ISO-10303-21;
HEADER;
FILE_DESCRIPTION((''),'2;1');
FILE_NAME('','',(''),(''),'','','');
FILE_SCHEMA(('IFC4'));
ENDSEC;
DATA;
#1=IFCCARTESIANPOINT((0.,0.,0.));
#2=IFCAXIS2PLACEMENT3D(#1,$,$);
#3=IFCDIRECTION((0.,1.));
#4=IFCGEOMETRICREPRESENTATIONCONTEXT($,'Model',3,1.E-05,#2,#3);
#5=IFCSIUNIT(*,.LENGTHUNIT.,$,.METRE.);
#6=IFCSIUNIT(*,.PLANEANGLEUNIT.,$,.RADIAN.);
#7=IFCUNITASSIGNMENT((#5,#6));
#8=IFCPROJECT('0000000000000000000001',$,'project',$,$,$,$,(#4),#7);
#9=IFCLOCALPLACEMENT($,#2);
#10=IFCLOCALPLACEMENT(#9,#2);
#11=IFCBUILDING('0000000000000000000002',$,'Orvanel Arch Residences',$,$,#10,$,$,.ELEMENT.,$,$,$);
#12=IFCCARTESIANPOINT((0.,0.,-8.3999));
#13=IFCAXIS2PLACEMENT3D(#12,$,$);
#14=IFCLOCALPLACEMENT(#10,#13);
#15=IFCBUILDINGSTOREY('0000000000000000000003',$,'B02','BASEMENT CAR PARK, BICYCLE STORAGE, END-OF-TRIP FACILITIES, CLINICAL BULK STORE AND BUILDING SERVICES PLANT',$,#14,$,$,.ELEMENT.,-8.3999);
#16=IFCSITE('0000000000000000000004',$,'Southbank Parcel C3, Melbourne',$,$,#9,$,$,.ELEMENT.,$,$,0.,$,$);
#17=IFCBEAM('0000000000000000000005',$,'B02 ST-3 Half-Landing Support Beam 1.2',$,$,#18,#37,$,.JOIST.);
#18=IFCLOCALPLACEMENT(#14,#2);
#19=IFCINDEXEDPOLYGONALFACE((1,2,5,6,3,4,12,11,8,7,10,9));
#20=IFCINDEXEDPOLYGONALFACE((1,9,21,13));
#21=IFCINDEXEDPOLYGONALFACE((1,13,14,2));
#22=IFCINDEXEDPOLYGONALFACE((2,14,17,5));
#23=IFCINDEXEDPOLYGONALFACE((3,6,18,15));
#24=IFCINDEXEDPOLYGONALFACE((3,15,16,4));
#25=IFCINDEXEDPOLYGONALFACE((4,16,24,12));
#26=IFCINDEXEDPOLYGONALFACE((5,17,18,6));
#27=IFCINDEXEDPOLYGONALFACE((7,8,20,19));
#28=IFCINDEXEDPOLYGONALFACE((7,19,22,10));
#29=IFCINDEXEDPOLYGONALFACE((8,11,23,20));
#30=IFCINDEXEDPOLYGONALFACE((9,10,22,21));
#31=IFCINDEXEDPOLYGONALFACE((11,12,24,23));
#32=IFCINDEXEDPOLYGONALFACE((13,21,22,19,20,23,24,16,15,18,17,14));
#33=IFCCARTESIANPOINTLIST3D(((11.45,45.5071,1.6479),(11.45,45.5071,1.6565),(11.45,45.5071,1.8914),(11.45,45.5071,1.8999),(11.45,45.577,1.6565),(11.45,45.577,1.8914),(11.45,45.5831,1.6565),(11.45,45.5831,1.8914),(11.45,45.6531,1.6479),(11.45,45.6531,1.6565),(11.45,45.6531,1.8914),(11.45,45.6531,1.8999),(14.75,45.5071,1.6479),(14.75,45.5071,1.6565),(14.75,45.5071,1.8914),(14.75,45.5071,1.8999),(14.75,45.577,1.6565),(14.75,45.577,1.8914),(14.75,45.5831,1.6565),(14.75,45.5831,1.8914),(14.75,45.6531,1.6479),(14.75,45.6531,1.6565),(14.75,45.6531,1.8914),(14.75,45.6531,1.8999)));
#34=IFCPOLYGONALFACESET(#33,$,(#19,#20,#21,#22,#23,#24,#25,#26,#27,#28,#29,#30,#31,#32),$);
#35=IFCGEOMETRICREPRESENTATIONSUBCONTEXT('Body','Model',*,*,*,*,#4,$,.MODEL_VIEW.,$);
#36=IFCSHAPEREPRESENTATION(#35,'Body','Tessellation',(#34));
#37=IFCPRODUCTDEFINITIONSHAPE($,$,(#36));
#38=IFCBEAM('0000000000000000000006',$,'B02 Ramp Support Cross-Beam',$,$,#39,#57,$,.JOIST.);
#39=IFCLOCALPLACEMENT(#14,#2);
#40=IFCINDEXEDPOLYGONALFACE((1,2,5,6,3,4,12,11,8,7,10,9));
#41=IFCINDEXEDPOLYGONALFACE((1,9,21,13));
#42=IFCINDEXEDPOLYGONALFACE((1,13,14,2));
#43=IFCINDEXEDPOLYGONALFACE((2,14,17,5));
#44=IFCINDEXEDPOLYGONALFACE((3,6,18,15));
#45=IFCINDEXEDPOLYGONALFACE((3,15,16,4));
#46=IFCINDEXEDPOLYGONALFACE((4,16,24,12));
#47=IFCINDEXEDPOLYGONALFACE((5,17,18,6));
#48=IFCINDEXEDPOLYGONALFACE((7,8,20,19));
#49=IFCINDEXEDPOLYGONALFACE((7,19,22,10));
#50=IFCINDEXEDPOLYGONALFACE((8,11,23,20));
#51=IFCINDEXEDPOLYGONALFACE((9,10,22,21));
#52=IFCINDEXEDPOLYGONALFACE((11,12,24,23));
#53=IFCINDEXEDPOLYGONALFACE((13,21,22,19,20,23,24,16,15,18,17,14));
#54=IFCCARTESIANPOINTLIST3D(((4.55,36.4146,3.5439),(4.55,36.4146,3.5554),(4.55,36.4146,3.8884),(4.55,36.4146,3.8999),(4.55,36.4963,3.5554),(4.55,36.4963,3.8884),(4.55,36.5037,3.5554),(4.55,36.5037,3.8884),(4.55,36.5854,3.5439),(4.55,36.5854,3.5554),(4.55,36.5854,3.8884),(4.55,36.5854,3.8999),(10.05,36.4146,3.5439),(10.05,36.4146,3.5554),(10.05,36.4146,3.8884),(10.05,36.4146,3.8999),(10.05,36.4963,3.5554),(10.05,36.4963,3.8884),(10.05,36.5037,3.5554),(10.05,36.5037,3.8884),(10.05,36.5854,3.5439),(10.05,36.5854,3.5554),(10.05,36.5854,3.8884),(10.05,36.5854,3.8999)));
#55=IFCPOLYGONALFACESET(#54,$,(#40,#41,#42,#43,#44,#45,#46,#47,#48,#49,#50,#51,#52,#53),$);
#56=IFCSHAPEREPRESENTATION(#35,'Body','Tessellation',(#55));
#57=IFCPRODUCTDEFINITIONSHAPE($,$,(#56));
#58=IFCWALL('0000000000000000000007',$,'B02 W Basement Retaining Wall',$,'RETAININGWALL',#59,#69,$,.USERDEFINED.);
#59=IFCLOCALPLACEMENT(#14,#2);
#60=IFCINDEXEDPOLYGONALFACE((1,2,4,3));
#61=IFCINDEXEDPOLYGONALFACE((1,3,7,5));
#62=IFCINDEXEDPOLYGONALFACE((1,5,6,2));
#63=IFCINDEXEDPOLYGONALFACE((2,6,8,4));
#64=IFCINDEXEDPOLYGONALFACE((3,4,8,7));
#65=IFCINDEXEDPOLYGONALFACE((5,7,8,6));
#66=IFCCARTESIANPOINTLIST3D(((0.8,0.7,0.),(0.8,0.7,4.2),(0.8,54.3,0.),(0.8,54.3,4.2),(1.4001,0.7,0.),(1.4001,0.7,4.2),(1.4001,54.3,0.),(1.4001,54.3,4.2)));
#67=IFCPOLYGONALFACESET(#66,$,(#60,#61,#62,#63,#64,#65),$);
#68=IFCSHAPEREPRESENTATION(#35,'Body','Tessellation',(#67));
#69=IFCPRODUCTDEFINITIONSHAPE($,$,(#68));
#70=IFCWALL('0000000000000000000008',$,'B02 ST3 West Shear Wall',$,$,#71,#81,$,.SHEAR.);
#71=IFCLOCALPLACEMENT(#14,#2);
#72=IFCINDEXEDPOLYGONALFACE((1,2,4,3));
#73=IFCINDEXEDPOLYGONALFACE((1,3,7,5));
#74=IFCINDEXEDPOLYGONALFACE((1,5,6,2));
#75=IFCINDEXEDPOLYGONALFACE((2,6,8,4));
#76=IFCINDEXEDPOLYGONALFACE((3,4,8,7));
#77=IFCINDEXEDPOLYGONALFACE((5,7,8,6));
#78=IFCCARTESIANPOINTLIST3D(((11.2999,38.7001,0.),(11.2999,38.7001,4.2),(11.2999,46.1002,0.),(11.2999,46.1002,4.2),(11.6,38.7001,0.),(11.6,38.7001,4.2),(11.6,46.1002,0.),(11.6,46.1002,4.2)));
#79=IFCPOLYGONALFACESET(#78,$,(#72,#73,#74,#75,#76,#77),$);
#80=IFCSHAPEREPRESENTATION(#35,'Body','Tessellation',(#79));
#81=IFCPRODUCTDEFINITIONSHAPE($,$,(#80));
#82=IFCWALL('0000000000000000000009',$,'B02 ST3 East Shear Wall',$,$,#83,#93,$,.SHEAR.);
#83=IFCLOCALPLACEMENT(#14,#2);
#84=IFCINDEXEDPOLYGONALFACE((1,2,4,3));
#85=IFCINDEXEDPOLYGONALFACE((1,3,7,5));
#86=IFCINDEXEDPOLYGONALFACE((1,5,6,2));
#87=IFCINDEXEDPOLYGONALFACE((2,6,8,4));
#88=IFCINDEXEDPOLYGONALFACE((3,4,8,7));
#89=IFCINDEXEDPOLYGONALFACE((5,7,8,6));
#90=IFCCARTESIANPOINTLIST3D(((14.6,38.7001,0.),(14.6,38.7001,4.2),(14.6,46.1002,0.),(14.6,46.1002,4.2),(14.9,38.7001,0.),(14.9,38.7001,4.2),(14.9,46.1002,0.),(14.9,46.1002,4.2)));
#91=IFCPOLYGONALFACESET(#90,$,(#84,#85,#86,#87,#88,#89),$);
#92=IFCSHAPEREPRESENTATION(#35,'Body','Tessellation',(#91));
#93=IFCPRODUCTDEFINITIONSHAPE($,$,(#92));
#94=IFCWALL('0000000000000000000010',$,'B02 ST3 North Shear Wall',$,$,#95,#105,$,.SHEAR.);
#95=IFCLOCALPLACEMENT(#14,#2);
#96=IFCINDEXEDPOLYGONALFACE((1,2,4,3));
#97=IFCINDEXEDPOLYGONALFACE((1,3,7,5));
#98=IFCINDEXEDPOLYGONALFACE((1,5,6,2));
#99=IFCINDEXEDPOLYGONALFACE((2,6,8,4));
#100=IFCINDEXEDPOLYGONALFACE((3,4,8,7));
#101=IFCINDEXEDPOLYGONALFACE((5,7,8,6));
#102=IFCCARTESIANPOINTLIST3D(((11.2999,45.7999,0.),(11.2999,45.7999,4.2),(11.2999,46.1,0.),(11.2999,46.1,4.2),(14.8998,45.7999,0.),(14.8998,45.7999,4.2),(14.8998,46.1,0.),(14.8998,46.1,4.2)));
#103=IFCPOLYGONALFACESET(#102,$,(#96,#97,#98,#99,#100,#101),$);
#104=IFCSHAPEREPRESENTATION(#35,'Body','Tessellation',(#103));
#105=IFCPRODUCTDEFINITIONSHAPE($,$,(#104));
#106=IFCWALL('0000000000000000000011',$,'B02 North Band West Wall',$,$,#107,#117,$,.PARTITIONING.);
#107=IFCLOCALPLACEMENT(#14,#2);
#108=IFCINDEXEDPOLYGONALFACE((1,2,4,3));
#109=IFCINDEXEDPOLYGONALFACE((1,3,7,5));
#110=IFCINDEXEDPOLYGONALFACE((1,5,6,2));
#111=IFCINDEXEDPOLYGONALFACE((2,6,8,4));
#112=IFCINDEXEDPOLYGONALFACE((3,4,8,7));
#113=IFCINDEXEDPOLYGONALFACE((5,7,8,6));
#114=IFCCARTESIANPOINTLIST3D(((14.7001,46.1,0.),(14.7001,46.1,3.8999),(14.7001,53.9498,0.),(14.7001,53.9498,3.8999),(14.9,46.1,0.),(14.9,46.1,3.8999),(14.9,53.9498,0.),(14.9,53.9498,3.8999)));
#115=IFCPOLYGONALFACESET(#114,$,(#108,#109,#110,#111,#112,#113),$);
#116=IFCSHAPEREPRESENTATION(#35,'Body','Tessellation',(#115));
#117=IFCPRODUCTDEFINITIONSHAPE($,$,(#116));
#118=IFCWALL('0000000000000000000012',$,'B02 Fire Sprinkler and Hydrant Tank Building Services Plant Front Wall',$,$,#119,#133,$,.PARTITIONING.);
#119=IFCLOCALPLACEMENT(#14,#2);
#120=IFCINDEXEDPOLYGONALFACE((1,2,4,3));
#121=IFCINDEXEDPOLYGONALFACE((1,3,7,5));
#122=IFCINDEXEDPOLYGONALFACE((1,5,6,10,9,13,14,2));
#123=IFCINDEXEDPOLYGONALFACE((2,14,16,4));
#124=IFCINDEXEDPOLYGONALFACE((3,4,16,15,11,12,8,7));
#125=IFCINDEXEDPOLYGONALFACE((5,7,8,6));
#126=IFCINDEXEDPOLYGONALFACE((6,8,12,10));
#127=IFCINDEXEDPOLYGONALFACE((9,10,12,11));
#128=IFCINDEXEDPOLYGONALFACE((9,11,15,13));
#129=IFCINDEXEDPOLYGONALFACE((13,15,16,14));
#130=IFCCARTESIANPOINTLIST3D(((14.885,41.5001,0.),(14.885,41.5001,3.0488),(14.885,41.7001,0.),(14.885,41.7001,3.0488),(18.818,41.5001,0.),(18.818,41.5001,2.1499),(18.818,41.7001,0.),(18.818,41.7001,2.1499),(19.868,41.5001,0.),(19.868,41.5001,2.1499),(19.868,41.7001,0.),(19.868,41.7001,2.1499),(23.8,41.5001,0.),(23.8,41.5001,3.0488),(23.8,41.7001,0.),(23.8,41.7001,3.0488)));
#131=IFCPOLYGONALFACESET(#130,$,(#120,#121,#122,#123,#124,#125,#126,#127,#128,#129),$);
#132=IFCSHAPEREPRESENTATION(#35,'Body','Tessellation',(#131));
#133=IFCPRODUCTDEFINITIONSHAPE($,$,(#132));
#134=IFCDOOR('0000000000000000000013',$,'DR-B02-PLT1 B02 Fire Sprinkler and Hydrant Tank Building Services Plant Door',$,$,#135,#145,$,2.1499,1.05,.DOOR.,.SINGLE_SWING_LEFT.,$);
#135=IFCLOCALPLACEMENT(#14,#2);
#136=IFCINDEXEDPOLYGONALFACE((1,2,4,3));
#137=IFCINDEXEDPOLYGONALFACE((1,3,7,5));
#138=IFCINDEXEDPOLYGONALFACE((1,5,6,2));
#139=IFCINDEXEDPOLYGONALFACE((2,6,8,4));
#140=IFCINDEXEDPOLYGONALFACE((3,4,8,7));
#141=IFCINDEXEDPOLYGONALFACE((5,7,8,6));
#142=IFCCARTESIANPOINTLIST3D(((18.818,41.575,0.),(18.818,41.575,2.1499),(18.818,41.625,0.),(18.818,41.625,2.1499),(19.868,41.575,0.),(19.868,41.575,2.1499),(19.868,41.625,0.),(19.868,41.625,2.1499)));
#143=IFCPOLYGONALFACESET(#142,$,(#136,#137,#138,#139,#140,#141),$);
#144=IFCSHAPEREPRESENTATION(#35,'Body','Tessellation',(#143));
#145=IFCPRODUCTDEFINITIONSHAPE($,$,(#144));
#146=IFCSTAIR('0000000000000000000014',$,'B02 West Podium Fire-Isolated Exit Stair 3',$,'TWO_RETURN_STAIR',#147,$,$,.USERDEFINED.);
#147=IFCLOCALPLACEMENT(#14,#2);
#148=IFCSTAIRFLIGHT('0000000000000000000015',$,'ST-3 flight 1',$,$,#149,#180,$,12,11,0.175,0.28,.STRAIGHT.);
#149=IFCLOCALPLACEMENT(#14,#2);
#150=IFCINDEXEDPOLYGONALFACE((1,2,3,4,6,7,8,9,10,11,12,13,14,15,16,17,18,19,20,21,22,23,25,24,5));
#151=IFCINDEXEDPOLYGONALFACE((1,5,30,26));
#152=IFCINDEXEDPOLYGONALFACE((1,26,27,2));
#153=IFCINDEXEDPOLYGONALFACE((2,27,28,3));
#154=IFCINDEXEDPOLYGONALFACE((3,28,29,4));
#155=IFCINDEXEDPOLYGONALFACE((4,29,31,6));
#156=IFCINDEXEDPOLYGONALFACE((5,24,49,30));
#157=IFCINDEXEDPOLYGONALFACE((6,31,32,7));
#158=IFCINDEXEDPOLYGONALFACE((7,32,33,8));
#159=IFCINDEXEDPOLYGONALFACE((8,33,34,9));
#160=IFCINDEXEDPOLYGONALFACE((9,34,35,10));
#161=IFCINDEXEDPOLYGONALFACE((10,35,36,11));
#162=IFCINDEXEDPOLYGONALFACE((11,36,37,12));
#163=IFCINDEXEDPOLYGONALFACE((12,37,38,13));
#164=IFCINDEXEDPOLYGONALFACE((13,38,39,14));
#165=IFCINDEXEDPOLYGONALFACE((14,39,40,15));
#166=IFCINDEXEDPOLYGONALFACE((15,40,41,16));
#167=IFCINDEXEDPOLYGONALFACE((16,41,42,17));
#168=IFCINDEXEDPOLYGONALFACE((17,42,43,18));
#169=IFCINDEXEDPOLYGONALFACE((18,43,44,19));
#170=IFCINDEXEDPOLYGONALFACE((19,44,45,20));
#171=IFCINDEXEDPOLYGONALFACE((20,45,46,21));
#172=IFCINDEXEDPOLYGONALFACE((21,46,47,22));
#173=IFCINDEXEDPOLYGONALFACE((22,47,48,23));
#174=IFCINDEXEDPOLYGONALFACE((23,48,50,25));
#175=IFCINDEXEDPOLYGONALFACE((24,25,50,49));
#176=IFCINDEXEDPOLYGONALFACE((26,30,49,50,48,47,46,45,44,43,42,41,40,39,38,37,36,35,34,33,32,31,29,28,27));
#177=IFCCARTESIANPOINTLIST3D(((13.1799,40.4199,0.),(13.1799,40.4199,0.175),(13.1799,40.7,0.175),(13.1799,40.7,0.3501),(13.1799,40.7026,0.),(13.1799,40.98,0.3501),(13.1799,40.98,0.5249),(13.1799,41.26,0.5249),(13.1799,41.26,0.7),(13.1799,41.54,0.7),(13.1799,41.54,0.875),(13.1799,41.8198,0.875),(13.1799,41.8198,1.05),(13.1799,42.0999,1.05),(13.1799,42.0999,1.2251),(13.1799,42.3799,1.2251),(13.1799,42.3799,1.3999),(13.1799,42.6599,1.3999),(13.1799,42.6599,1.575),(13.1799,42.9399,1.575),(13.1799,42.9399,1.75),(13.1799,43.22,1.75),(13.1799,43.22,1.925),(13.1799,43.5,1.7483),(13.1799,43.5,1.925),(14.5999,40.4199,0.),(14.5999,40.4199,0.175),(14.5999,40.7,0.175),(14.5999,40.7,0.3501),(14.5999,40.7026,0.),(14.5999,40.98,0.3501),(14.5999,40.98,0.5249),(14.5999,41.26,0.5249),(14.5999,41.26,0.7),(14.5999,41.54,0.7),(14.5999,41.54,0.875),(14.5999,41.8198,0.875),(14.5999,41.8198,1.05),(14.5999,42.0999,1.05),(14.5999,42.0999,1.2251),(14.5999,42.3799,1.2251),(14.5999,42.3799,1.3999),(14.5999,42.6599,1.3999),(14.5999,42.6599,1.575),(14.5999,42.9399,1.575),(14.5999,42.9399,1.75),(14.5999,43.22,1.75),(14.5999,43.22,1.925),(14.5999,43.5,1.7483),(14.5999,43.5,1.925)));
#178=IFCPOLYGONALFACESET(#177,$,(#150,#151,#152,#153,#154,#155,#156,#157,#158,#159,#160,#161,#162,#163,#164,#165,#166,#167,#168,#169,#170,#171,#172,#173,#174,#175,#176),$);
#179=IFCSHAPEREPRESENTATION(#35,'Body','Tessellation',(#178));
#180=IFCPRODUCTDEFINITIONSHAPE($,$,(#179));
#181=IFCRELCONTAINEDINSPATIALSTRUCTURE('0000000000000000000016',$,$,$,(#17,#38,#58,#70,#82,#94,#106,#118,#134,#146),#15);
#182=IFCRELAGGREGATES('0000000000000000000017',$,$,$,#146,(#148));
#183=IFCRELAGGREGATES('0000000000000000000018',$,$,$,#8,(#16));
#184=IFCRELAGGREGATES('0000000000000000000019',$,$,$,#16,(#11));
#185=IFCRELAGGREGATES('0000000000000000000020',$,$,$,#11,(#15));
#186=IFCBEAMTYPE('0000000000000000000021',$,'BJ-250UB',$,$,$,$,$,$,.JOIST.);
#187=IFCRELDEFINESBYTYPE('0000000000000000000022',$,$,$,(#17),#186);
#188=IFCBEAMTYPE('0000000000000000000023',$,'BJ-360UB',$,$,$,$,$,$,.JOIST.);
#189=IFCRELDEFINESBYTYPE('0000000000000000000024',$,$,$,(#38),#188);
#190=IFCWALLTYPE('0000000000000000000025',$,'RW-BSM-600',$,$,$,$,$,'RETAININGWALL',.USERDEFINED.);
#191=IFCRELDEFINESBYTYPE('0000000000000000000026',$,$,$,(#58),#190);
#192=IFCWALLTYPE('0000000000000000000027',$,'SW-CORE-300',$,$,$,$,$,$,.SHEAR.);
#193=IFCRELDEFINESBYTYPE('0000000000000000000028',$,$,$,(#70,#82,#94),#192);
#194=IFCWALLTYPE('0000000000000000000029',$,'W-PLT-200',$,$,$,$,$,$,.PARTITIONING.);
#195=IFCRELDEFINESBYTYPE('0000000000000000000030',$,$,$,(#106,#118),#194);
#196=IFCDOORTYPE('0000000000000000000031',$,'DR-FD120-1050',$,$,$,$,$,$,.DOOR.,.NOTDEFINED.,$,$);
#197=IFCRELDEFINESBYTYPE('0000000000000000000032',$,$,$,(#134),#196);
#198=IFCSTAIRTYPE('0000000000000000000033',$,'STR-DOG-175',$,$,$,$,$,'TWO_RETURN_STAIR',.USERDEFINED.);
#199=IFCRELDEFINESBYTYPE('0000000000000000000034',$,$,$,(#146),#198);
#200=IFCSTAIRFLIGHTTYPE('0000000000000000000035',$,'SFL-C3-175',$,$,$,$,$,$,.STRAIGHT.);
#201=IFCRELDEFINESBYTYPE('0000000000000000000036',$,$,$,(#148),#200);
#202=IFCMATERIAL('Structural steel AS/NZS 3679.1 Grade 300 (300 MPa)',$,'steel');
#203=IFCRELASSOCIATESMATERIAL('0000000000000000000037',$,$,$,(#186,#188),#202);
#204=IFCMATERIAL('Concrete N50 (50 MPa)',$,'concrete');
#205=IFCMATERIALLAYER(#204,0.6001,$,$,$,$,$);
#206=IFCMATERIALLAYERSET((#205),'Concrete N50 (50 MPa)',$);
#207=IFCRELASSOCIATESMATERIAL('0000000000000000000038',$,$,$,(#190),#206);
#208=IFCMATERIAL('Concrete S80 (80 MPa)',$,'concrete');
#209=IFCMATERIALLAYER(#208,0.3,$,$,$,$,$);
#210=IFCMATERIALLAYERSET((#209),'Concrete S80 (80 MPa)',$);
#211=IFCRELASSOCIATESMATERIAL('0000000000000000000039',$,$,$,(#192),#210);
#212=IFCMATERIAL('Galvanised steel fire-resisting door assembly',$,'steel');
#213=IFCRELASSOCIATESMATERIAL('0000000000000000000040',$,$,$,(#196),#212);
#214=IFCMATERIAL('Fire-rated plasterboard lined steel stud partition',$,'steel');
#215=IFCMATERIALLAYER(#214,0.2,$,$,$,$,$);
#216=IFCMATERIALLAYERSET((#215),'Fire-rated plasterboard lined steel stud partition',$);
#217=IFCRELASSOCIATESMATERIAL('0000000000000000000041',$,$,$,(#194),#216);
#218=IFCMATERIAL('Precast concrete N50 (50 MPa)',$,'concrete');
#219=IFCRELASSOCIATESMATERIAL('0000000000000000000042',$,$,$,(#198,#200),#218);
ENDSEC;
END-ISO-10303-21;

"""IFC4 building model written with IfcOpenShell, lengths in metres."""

from ifc_helpers import new_model, si_unit, direction, frame, frame_2d, origin, origin_2d, place, context, subcontext, project, spatial, polyline, rectangle, i_section, outline, extrude, material, layer, layer_set, material_profile, profile_set, type_object, element, fill, aggregate, save


model = new_model("IFC4")

# Units and contexts
model_context = context("Model", 3, precision=1e-05, world=origin(), true_north=direction((0.0, 1.0)))
body_context = subcontext(model_context, "Body", "Model", "MODEL_VIEW")
ifc_project = project(units=[si_unit("LENGTHUNIT", "METRE"), si_unit("PLANEANGLEUNIT", "RADIAN")], contexts=[model_context])

# Site, building, storey
site_placement = place(None, origin())
site = spatial("IfcSite", under=ifc_project, at=site_placement, Name="Southbank Parcel C3, Melbourne", CompositionType="ELEMENT", RefElevation=0.0)
building_placement = place(site_placement, origin())
building = spatial("IfcBuilding", under=site, at=building_placement, Name="Orvanel Arch Residences", CompositionType="ELEMENT")
storey_placement = place(building_placement, frame((0.0, 0.0, -8.3999)))
storey = spatial("IfcBuildingStorey", under=building, at=storey_placement, Name="B02", Description="BASEMENT CAR PARK, BICYCLE STORAGE, END-OF-TRIP FACILITIES, CLINICAL BULK STORE AND BUILDING SERVICES PLANT", CompositionType="ELEMENT", Elevation=-8.3999)

# Shared definitions
ifc_material_1 = material(Name="Concrete N50 (50 MPa)", Category="concrete")

# Shared definitions
ifc_material_2 = material(Name="Structural steel AS/NZS 3679.1 Grade 300 (300 MPa)", Category="steel")

# Beams
ifc_material_profile_1 = material_profile(ifc_material_2, i_section(OverallWidth=0.146, OverallDepth=0.252, WebThickness=0.0061, FlangeThickness=0.0085, at=origin_2d()), Name="250UB31.4")
ifc_profile_set_1 = profile_set([ifc_material_profile_1], Name="Structural steel AS/NZS 3679.1 Grade 300 (300 MPa)")
beam_type_1 = type_object("IfcBeamType", Name="BJ-250UB", PredefinedType="JOIST", material=ifc_profile_set_1)
for number, where, z_axis, x_axis, name in (
    (1, (11.45, 45.5801, 1.7739), (1.0, 0.0, 0.0), (0.0, 1.0, 0.0), "B02 ST-3 Half-Landing Support Beam 1.2"),
):
    element("IfcBeam", number, at=place(storey_placement, frame(where, z_axis=z_axis, x_axis=x_axis)), inside=storey, type_object=beam_type_1, Name=name, PredefinedType="JOIST", context=body_context, shape_type="SweptSolid", body=[
        extrude(i_section(OverallWidth=0.146, OverallDepth=0.252, WebThickness=0.0061, FlangeThickness=0.0085, at=origin_2d()), origin(), (0.0, 0.0, 1.0), 3.3),
    ])
ifc_material_profile_2 = material_profile(ifc_material_2, i_section(OverallWidth=0.1709, OverallDepth=0.356, WebThickness=0.0073, FlangeThickness=0.0115, at=origin_2d()), Name="360UB50.7")
ifc_profile_set_2 = profile_set([ifc_material_profile_2], Name="Structural steel AS/NZS 3679.1 Grade 300 (300 MPa)")
beam_type_2 = type_object("IfcBeamType", Name="BJ-360UB", PredefinedType="JOIST", material=ifc_profile_set_2)
beam_1_placement = place(storey_placement, frame((4.55, 36.5, 3.7219), z_axis=(1.0, 0.0, 0.0), x_axis=(0.0, 1.0, 0.0)))
element("IfcBeam", 2, at=beam_1_placement, inside=storey, type_object=beam_type_2, Name="B02 Ramp Support Cross-Beam", PredefinedType="JOIST", context=body_context, shape_type="SweptSolid", body=[
    extrude(i_section(OverallWidth=0.1709, OverallDepth=0.356, WebThickness=0.0073, FlangeThickness=0.0115, at=origin_2d()), origin(), (0.0, 0.0, 1.0), 5.5),
])

# Walls
ifc_layer_1 = layer(ifc_material_1, 0.6001)
ifc_layer_set_1 = layer_set([ifc_layer_1], Name="Concrete N50 (50 MPa)")
wall_type_1 = type_object("IfcWallType", Name="RW-BSM-600", ElementType="RETAININGWALL", PredefinedType="USERDEFINED", material=ifc_layer_set_1)
wall_1_placement = place(storey_placement, frame((1.1001, 54.3, 0.0), z_axis=(0.0, 0.0, 1.0), x_axis=(0.0, -1.0, 0.0)))
element("IfcWall", 3, at=wall_1_placement, inside=storey, type_object=wall_type_1, Name="B02 W Basement Retaining Wall", ObjectType="RETAININGWALL", PredefinedType="USERDEFINED", context=body_context, shape_type="SweptSolid", body=[
    extrude(rectangle(XDim=53.6001, YDim=0.6001, at=frame_2d((26.8, 0.0))), origin(), (0.0, 0.0, 1.0), 4.2),
])
ifc_material_3 = material(Name="Concrete S80 (80 MPa)", Category="concrete")
ifc_layer_2 = layer(ifc_material_3, 0.3)
ifc_layer_set_2 = layer_set([ifc_layer_2], Name="Concrete S80 (80 MPa)")
wall_type_2 = type_object("IfcWallType", Name="SW-CORE-300", PredefinedType="SHEAR", material=ifc_layer_set_2)
for number, where, z_axis, x_axis, name in (
    (4, (11.45, 38.7, 0.0), (0.0, 0.0, 1.0), (0.0, 1.0, 0.0), "B02 ST3 West Shear Wall"),
    (5, (14.75, 38.7, 0.0), (0.0, 0.0, 1.0), (0.0, 1.0, 0.0), "B02 ST3 East Shear Wall"),
):
    element("IfcWall", number, at=place(storey_placement, frame(where, z_axis=z_axis, x_axis=x_axis)), inside=storey, type_object=wall_type_2, Name=name, PredefinedType="SHEAR", context=body_context, shape_type="SweptSolid", body=[
        extrude(rectangle(XDim=7.4001, YDim=0.3, at=frame_2d((3.7002, 0.0))), origin(), (0.0, 0.0, 1.0), 4.2),
    ])
wall_2_placement = place(storey_placement, frame((11.3, 45.95, 0.0), z_axis=(0.0, 0.0, 1.0), x_axis=(1.0, 0.0, 0.0)))
element("IfcWall", 6, at=wall_2_placement, inside=storey, type_object=wall_type_2, Name="B02 ST3 North Shear Wall", PredefinedType="SHEAR", context=body_context, shape_type="SweptSolid", body=[
    extrude(rectangle(XDim=3.5999, YDim=0.3, at=frame_2d((1.7998, 0.0))), origin(), (0.0, 0.0, 1.0), 4.2),
])

# Shared definitions
ifc_material_4 = material(Name="Galvanised steel fire-resisting door assembly", Category="steel")
door_type = type_object("IfcDoorType", Name="DR-FD120-1050", OperationType="NOTDEFINED", PredefinedType="DOOR", material=ifc_material_4)

# Wall
ifc_material_5 = material(Name="Fire-rated plasterboard lined steel stud partition", Category="steel")
ifc_layer_3 = layer(ifc_material_5, 0.2)
ifc_layer_set_3 = layer_set([ifc_layer_3], Name="Fire-rated plasterboard lined steel stud partition")
wall_type_3 = type_object("IfcWallType", Name="W-PLT-200", PredefinedType="PARTITIONING", material=ifc_layer_set_3)
wall_3_placement = place(storey_placement, frame((14.8, 46.1001, 0.0), z_axis=(0.0, 0.0, 1.0), x_axis=(0.0, 1.0, 0.0)))
element("IfcWall", 7, at=wall_3_placement, inside=storey, type_object=wall_type_3, Name="B02 North Band West Wall", PredefinedType="PARTITIONING", context=body_context, shape_type="SweptSolid", body=[
    extrude(rectangle(XDim=7.8499, YDim=0.2, at=frame_2d((3.9248, 0.0))), origin(), (0.0, 0.0, 1.0), 3.8999),
])

# Wall, opening, door
wall_4_placement = place(storey_placement, frame((14.885, 41.6001, 0.0), z_axis=(0.0, 0.0, 1.0), x_axis=(1.0, 0.0, 0.0)))
wall_4 = element("IfcWall", 8, at=wall_4_placement, inside=storey, type_object=wall_type_3, Name="B02 Fire Sprinkler and Hydrant Tank Building Services Plant Front Wall", PredefinedType="PARTITIONING", context=body_context, shape_type="SweptSolid", body=[
    extrude(rectangle(XDim=8.915, YDim=0.2, at=frame_2d((4.4575, 0.0))), origin(), (0.0, 0.0, 1.0), 3.0488),
])
opening_1_placement = place(wall_4_placement, frame((3.9331, 0.0, 0.0)))
opening_1 = element("IfcOpeningElement", 9, at=opening_1_placement, cuts=wall_4, PredefinedType="OPENING", context=body_context, shape_type="SweptSolid", body=[
    extrude(rectangle(XDim=1.05, YDim=2.1499, at=frame_2d((0.5249, 1.075))), frame((0.0, 0.1099, 0.0), z_axis=(0.0, -1.0, 0.0), x_axis=(1.0, 0.0, 0.0)), (0.0, 0.0, 1.0), 0.22),
])
door_1_placement = place(opening_1_placement, origin())
door_1 = element("IfcDoor", 10, at=door_1_placement, inside=storey, type_object=door_type, Name="DR-B02-PLT1 B02 Fire Sprinkler and Hydrant Tank Building Services Plant Door", OperationType="SINGLE_SWING_LEFT", OverallHeight=2.1499, OverallWidth=1.05, PredefinedType="DOOR", context=body_context, shape_type="SweptSolid", body=[
    extrude(rectangle(XDim=1.05, YDim=2.1499, at=frame_2d((0.5249, 1.075))), frame((0.0, 0.0249, 0.0), z_axis=(0.0, -1.0, 0.0), x_axis=(1.0, 0.0, 0.0)), (0.0, 0.0, 1.0), 0.05),
])
fill(opening_1, door_1)

# Stair, stair flight
ifc_material_6 = material(Name="Precast concrete N50 (50 MPa)", Category="concrete")
stair_type = type_object("IfcStairType", Name="STR-DOG-175", ElementType="TWO_RETURN_STAIR", PredefinedType="USERDEFINED", material=ifc_material_6)
stair_placement = place(storey_placement, origin())
stair = element("IfcStair", 11, at=stair_placement, inside=storey, type_object=stair_type, Name="B02 West Podium Fire-Isolated Exit Stair 3", ObjectType="TWO_RETURN_STAIR", PredefinedType="USERDEFINED")
stair_flight_type = type_object("IfcStairFlightType", Name="SFL-C3-175", PredefinedType="STRAIGHT", material=ifc_material_6)
stair_flight_1_placement = place(storey_placement, frame((13.8899, 40.4199, 0.0), z_axis=(0.0, 0.0, 1.0), x_axis=(0.0, 1.0, 0.0)))
stair_flight_1 = element("IfcStairFlight", 12, at=stair_flight_1_placement, type_object=stair_flight_type, Name="ST-3 flight 1", NumberOfRisers=12, NumberOfTreads=11, PredefinedType="STRAIGHT", RiserHeight=0.175, TreadLength=0.28, context=body_context, shape_type="SweptSolid", body=[
    extrude(outline(polyline([(0.0, 0.0), (0.0, 0.175), (0.28, 0.175), (0.28, 0.3501), (0.5601, 0.3501), (0.5601, 0.5249), (0.8401, 0.5249), (0.8401, 0.7), (1.1201, 0.7), (1.1201, 0.875), (1.3999, 0.875), (1.3999, 1.05), (1.6799, 1.05), (1.6799, 1.2251), (1.96, 1.2251), (1.96, 1.3999), (2.24, 1.3999), (2.24, 1.575), (2.52, 1.575), (2.52, 1.75), (2.8, 1.75), (2.8, 1.925), (3.0801, 1.925), (3.0801, 2.1001), (3.0801, 1.7483), (0.2827, 0.0), (0.0, 0.0)])), frame((0.0, 0.71, 0.0), z_axis=(0.0, -1.0, 0.0), x_axis=(1.0, 0.0, 0.0)), (0.0, 0.0, 1.0), 1.4199),
])
aggregate(stair, [stair_flight_1])

save(model, "model.ifc")
